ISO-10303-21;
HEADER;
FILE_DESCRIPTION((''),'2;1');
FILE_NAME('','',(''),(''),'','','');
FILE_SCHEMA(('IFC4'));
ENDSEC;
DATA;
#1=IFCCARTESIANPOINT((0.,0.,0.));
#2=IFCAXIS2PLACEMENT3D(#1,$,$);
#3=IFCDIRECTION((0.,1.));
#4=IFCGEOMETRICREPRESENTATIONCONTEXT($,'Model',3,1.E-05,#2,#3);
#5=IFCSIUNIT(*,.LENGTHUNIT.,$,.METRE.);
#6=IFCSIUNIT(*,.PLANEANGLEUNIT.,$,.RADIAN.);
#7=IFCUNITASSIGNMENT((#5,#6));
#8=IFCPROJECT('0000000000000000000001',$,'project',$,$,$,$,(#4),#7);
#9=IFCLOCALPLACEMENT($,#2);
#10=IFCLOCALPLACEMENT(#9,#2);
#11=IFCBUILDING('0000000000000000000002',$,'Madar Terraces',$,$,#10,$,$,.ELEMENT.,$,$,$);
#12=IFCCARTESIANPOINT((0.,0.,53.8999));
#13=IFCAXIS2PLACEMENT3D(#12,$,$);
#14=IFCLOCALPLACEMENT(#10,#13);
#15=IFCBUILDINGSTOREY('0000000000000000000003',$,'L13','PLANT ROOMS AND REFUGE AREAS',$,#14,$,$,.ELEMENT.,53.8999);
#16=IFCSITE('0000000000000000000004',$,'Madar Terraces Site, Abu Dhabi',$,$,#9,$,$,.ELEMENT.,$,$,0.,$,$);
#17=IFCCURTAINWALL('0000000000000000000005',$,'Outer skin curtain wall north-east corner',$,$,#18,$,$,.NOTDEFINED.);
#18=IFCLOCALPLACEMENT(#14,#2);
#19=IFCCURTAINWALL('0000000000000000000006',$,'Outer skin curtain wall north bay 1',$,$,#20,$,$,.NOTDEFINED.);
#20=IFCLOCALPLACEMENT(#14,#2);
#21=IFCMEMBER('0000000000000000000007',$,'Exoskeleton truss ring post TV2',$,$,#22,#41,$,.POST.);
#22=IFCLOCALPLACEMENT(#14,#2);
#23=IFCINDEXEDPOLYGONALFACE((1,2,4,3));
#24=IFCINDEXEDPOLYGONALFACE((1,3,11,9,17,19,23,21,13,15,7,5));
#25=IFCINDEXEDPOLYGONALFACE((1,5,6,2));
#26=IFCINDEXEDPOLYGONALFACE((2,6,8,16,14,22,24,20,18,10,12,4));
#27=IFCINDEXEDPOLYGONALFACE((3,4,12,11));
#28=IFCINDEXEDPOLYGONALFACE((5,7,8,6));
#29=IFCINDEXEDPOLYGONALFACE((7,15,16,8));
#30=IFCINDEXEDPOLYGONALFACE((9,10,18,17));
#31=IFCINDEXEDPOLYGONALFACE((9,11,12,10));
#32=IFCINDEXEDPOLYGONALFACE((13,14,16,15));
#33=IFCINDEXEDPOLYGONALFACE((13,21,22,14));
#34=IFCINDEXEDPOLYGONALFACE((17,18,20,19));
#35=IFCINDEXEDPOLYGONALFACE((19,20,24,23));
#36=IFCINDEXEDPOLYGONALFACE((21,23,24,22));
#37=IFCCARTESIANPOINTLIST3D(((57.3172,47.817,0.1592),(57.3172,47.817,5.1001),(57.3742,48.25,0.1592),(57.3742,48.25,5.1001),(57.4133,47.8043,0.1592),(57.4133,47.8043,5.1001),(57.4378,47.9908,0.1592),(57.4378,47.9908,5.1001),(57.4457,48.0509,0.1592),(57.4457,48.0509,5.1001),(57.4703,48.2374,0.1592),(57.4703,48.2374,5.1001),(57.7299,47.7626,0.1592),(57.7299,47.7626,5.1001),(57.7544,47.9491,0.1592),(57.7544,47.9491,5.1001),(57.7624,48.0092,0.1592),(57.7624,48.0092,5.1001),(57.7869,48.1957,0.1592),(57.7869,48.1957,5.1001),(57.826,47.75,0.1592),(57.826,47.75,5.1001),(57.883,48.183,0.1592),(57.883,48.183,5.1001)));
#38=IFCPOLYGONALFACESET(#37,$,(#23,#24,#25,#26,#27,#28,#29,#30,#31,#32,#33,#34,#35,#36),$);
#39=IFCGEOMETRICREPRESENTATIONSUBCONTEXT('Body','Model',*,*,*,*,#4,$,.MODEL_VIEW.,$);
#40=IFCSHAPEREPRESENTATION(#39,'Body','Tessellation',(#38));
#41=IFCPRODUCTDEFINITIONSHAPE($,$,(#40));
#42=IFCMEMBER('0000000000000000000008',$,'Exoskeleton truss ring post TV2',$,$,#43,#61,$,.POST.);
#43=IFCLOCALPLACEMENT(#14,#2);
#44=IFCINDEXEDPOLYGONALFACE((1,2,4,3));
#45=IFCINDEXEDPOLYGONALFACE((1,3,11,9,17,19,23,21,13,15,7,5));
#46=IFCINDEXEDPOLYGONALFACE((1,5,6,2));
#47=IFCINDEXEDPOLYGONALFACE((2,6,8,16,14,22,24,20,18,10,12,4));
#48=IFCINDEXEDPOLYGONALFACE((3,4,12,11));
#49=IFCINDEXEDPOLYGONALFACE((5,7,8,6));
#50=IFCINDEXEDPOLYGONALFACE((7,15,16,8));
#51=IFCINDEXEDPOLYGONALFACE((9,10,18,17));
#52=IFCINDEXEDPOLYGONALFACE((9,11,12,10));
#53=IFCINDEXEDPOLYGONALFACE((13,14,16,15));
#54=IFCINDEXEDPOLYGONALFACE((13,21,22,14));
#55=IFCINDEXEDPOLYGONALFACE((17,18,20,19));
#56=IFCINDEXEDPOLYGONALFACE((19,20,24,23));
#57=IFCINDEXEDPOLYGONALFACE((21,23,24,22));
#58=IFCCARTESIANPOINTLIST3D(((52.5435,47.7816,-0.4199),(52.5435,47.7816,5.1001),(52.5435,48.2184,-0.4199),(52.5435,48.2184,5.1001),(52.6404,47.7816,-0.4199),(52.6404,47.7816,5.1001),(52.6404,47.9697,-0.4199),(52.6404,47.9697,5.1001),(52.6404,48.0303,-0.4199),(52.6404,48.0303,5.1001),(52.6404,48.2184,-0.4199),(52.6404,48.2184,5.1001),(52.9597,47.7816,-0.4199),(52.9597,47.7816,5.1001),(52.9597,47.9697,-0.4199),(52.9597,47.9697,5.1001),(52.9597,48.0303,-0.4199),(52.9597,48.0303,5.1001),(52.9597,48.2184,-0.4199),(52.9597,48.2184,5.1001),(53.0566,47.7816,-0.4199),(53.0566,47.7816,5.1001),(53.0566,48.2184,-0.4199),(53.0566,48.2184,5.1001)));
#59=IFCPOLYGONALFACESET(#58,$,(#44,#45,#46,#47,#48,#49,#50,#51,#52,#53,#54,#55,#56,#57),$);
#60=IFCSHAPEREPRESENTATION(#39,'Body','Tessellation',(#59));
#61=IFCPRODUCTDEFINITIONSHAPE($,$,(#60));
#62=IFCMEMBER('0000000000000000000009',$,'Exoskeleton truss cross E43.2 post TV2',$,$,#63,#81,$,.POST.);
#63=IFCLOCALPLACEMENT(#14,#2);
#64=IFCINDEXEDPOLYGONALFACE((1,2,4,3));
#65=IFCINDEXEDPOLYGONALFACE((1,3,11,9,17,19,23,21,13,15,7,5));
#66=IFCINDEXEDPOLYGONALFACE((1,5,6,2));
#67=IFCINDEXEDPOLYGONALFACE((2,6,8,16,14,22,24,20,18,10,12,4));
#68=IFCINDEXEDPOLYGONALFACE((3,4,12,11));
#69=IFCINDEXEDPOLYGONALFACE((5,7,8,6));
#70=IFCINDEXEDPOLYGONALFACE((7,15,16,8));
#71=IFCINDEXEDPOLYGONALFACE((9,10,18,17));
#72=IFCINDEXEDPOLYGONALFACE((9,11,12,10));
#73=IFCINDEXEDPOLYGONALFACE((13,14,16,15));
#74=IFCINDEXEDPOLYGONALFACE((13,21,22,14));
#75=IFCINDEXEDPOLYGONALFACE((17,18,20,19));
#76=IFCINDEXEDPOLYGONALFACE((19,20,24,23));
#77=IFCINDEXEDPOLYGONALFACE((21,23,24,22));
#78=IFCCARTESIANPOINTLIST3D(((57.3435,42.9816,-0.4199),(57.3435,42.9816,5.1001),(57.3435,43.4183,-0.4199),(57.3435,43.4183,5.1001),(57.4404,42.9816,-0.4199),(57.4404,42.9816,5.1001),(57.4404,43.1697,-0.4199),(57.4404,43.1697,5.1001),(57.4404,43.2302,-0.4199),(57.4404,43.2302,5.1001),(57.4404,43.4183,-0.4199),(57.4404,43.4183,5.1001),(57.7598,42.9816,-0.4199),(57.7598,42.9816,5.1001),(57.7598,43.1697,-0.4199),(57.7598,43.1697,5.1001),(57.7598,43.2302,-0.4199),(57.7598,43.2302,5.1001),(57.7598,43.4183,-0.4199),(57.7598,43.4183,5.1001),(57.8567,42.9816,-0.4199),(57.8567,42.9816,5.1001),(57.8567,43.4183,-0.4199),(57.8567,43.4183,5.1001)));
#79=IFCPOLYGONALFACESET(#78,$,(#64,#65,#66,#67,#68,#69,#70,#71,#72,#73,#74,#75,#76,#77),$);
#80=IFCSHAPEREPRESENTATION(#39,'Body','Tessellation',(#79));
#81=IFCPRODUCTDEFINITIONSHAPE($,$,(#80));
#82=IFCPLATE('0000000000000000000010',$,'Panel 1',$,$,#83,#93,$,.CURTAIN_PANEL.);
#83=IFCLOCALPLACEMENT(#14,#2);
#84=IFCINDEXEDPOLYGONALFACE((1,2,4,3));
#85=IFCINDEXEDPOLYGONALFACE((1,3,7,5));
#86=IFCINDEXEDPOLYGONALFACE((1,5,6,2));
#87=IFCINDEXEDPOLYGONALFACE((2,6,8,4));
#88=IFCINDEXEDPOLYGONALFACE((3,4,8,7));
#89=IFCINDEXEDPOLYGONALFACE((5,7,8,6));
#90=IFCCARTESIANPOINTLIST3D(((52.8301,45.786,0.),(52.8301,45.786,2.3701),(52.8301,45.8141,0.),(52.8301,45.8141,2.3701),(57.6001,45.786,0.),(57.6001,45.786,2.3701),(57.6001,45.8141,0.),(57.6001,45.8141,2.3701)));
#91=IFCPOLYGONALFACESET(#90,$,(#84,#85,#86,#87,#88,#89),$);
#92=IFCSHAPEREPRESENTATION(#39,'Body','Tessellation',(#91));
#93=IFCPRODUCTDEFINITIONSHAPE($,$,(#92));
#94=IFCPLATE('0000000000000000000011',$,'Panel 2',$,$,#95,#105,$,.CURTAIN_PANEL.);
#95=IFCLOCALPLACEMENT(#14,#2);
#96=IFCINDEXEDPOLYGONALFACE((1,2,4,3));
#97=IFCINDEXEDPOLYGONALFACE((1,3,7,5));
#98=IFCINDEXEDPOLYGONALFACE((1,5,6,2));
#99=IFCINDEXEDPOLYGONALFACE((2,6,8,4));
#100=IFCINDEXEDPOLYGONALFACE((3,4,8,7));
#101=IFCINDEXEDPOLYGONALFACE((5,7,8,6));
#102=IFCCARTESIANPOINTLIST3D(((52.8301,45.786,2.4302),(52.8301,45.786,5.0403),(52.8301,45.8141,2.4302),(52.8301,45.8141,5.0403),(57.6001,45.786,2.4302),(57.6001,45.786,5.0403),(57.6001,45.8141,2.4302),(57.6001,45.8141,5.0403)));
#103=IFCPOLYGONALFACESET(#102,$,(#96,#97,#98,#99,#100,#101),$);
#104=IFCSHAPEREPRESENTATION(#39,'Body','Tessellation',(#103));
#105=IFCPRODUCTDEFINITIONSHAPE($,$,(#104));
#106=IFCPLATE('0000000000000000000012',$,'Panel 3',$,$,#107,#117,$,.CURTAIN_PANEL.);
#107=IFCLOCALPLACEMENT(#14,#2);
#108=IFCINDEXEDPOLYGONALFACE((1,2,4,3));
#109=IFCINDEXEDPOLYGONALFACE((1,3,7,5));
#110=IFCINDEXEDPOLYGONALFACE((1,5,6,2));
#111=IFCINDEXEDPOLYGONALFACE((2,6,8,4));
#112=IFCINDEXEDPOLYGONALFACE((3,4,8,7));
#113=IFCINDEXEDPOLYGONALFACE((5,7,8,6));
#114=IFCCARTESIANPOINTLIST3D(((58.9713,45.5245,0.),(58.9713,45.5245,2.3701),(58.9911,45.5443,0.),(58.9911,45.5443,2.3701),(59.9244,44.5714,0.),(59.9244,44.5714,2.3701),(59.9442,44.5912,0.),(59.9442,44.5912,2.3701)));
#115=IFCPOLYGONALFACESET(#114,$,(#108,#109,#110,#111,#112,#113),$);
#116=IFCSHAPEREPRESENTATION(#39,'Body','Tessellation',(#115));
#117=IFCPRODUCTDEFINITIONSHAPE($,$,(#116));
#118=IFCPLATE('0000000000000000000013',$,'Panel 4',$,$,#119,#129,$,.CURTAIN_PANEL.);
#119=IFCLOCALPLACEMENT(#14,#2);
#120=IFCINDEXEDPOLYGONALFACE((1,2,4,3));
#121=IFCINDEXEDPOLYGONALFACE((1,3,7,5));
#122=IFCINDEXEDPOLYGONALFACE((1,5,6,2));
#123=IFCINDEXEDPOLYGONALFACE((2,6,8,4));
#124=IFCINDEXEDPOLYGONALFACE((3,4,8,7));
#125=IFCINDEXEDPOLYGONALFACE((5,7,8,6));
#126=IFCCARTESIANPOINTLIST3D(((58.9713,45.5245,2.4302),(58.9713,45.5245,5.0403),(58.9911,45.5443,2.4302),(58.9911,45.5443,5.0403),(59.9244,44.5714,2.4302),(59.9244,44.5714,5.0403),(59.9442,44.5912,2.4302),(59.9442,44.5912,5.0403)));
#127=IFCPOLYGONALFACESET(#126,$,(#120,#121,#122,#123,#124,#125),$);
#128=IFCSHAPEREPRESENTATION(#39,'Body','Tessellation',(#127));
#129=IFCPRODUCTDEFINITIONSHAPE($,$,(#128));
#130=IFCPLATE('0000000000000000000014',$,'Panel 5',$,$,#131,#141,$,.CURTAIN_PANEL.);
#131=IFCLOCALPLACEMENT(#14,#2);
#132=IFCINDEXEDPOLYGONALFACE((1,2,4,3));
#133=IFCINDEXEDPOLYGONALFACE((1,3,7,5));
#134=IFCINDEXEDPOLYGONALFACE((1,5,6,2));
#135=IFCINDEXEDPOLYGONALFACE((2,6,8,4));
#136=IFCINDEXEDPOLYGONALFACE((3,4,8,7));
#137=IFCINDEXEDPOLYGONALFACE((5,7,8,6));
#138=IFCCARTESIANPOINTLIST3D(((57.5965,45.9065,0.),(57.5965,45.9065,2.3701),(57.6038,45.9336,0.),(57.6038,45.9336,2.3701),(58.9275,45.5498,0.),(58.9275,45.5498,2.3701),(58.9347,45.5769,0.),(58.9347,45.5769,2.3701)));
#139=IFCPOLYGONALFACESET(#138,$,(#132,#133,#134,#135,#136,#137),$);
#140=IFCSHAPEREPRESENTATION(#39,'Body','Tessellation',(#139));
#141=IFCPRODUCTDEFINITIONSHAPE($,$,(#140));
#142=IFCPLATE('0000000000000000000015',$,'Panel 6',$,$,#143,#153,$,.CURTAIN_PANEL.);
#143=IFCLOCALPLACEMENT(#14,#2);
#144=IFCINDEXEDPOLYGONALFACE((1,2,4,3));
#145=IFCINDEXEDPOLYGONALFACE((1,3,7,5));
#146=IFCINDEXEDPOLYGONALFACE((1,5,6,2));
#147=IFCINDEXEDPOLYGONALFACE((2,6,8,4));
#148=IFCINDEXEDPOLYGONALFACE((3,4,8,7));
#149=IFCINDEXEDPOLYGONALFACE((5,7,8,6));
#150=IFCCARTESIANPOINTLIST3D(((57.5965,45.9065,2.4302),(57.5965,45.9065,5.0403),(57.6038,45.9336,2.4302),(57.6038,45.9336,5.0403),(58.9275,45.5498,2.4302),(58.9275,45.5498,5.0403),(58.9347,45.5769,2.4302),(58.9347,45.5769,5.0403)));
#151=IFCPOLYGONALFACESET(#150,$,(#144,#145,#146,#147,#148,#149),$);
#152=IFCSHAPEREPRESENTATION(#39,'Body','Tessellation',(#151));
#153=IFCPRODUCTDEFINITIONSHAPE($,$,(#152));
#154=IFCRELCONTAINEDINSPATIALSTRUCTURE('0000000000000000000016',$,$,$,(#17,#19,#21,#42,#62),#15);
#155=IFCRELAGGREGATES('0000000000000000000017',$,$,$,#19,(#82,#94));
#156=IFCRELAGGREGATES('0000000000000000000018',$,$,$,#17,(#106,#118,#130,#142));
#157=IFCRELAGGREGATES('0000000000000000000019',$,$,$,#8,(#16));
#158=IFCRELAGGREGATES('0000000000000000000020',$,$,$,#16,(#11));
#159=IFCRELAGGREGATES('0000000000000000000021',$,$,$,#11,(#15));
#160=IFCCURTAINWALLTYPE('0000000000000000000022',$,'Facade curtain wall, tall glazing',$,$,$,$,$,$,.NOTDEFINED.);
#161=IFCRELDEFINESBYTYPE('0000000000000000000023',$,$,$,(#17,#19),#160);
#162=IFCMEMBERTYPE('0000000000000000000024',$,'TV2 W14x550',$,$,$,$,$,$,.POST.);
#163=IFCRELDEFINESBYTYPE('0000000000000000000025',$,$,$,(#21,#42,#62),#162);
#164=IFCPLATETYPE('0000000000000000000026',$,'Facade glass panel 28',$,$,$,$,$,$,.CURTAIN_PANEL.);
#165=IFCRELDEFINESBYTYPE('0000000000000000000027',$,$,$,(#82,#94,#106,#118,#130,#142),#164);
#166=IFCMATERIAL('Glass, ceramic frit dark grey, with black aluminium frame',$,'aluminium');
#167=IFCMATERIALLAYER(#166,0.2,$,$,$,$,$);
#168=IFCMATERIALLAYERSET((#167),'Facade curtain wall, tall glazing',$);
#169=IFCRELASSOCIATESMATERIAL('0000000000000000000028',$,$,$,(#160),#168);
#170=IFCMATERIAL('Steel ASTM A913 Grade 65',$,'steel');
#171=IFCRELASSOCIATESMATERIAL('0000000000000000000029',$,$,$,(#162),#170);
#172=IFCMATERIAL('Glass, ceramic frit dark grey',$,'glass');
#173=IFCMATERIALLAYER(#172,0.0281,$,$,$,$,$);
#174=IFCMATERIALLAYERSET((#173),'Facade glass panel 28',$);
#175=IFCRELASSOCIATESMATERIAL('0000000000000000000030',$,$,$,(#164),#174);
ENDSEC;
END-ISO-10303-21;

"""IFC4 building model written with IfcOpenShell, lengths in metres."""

from ifc_helpers import new_model, si_unit, direction, frame, origin, origin_2d, place, context, subcontext, project, spatial, rectangle, i_section, extrude, material, layer, layer_set, material_profile, profile_set, type_object, element, aggregate, save


model = new_model("IFC4")

# Units and contexts
model_context = context("Model", 3, precision=1e-05, world=origin(), true_north=direction((0.0, 1.0)))
body_context = subcontext(model_context, "Body", "Model", "MODEL_VIEW")
ifc_project = project(units=[si_unit("LENGTHUNIT", "METRE"), si_unit("PLANEANGLEUNIT", "RADIAN")], contexts=[model_context])

# Site, building, storey
site_placement = place(None, origin())
site = spatial("IfcSite", under=ifc_project, at=site_placement, Name="Madar Terraces Site, Abu Dhabi", CompositionType="ELEMENT", RefElevation=0.0)
building_placement = place(site_placement, origin())
building = spatial("IfcBuilding", under=site, at=building_placement, Name="Madar Terraces", CompositionType="ELEMENT")
storey_placement = place(building_placement, frame((0.0, 0.0, 53.8999)))
storey = spatial("IfcBuildingStorey", under=building, at=storey_placement, Name="L13", Description="PLANT ROOMS AND REFUGE AREAS", CompositionType="ELEMENT", Elevation=53.8999)

# Curtain wall
ifc_material_1 = material(Name="Glass, ceramic frit dark grey, with black aluminium frame", Category="aluminium")
ifc_layer_1 = layer(ifc_material_1, 0.2)
ifc_layer_set_1 = layer_set([ifc_layer_1], Name="Facade curtain wall, tall glazing")
curtain_wall_type = type_object("IfcCurtainWallType", Name="Facade curtain wall, tall glazing", PredefinedType="NOTDEFINED", material=ifc_layer_set_1)
curtain_wall_1_placement = place(storey_placement, origin())
curtain_wall_1 = element("IfcCurtainWall", 1, at=curtain_wall_1_placement, inside=storey, type_object=curtain_wall_type, Name="Outer skin curtain wall north-east corner", PredefinedType="NOTDEFINED")

# Curtain wall
curtain_wall_2_placement = place(storey_placement, origin())
curtain_wall_2 = element("IfcCurtainWall", 2, at=curtain_wall_2_placement, inside=storey, type_object=curtain_wall_type, Name="Outer skin curtain wall north bay 1", PredefinedType="NOTDEFINED")

# Members
ifc_material_2 = material(Name="Steel ASTM A913 Grade 65", Category="steel")
ifc_material_profile_1 = material_profile(ifc_material_2, i_section(OverallWidth=0.4368, OverallDepth=0.5132, WebThickness=0.0605, FlangeThickness=0.0969, at=origin_2d()), Name="W14x550")
ifc_profile_set_1 = profile_set([ifc_material_profile_1], Name="Steel ASTM A913 Grade 65")
member_type_1 = type_object("IfcMemberType", Name="TV2 W14x550", PredefinedType="POST", material=ifc_profile_set_1)
member_1_placement = place(storey_placement, frame((57.6001, 48.0, 0.1592), z_axis=(0.0, 0.0, 1.0), x_axis=(-0.130526, -0.991445, 0.0)))
element("IfcMember", 3, at=member_1_placement, inside=storey, type_object=member_type_1, Name="Exoskeleton truss ring post TV2", PredefinedType="POST", context=body_context, shape_type="SweptSolid", body=[
    extrude(i_section(OverallWidth=0.4368, OverallDepth=0.5132, WebThickness=0.0605, FlangeThickness=0.0969, at=origin_2d()), origin(), (0.0, 0.0, 1.0), 4.9409),
])
for number, where, z_axis, x_axis, name in (
    (4, (52.8, 48.0, -0.4199), (0.0, 0.0, 1.0), (0.0, -1.0, 0.0), "Exoskeleton truss ring post TV2"),
    (5, (57.6001, 43.2, -0.4199), (0.0, 0.0, 1.0), (0.0, 1.0, 0.0), "Exoskeleton truss cross E43.2 post TV2"),
):
    element("IfcMember", number, at=place(storey_placement, frame(where, z_axis=z_axis, x_axis=x_axis)), inside=storey, type_object=member_type_1, Name=name, PredefinedType="POST", context=body_context, shape_type="SweptSolid", body=[
        extrude(i_section(OverallWidth=0.4368, OverallDepth=0.5132, WebThickness=0.0605, FlangeThickness=0.0969, at=origin_2d()), origin(), (0.0, 0.0, 1.0), 5.52),
    ])

# Plates
ifc_material_3 = material(Name="Glass, ceramic frit dark grey", Category="glass")
ifc_layer_2 = layer(ifc_material_3, 0.0281)
ifc_layer_set_2 = layer_set([ifc_layer_2], Name="Facade glass panel 28")
plate_type = type_object("IfcPlateType", Name="Facade glass panel 28", PredefinedType="CURTAIN_PANEL", material=ifc_layer_set_2)
plate_1_placement = place(storey_placement, frame((55.2151, 45.8, 0.0), z_axis=(0.0, 0.0, 1.0), x_axis=(-1.0, 0.0, 0.0)))
plate_1 = element("IfcPlate", 6, at=plate_1_placement, type_object=plate_type, Name="Panel 1", PredefinedType="CURTAIN_PANEL", context=body_context, shape_type="SweptSolid", body=[
    extrude(rectangle(XDim=4.77, YDim=0.0281, at=origin_2d()), origin(), (0.0, 0.0, 1.0), 2.3701),
])
plate_2_placement = place(storey_placement, frame((55.2151, 45.8, 2.4302), z_axis=(0.0, 0.0, 1.0), x_axis=(-1.0, 0.0, 0.0)))
plate_2 = element("IfcPlate", 7, at=plate_2_placement, type_object=plate_type, Name="Panel 2", PredefinedType="CURTAIN_PANEL", context=body_context, shape_type="SweptSolid", body=[
    extrude(rectangle(XDim=4.77, YDim=0.0281, at=origin_2d()), origin(), (0.0, 0.0, 1.0), 2.6101),
])
aggregate(curtain_wall_2, [plate_1, plate_2])
plate_3_placement = place(storey_placement, frame((59.4578, 45.0579, 0.0), z_axis=(0.0, 0.0, 1.0), x_axis=(-0.707107, 0.707107, 0.0)))
plate_3 = element("IfcPlate", 8, at=plate_3_placement, type_object=plate_type, Name="Panel 3", PredefinedType="CURTAIN_PANEL", context=body_context, shape_type="SweptSolid", body=[
    extrude(rectangle(XDim=1.3479, YDim=0.0281, at=origin_2d()), origin(), (0.0, 0.0, 1.0), 2.3701),
])
plate_4_placement = place(storey_placement, frame((59.4578, 45.0579, 2.4302), z_axis=(0.0, 0.0, 1.0), x_axis=(-0.707107, 0.707107, 0.0)))
plate_4 = element("IfcPlate", 9, at=plate_4_placement, type_object=plate_type, Name="Panel 4", PredefinedType="CURTAIN_PANEL", context=body_context, shape_type="SweptSolid", body=[
    extrude(rectangle(XDim=1.3479, YDim=0.0281, at=origin_2d()), origin(), (0.0, 0.0, 1.0), 2.6101),
])
plate_5_placement = place(storey_placement, frame((58.2656, 45.7417, 0.0), z_axis=(0.0, 0.0, 1.0), x_axis=(-0.965926, 0.258819, 0.0)))
plate_5 = element("IfcPlate", 10, at=plate_5_placement, type_object=plate_type, Name="Panel 5", PredefinedType="CURTAIN_PANEL", context=body_context, shape_type="SweptSolid", body=[
    extrude(rectangle(XDim=1.3779, YDim=0.0281, at=origin_2d()), origin(), (0.0, 0.0, 1.0), 2.3701),
])
plate_6_placement = place(storey_placement, frame((58.2656, 45.7417, 2.4302), z_axis=(0.0, 0.0, 1.0), x_axis=(-0.965926, 0.258819, 0.0)))
plate_6 = element("IfcPlate", 11, at=plate_6_placement, type_object=plate_type, Name="Panel 6", PredefinedType="CURTAIN_PANEL", context=body_context, shape_type="SweptSolid", body=[
    extrude(rectangle(XDim=1.3779, YDim=0.0281, at=origin_2d()), origin(), (0.0, 0.0, 1.0), 2.6101),
])
aggregate(curtain_wall_1, [plate_3, plate_4, plate_5, plate_6])

save(model, "model.ifc")
